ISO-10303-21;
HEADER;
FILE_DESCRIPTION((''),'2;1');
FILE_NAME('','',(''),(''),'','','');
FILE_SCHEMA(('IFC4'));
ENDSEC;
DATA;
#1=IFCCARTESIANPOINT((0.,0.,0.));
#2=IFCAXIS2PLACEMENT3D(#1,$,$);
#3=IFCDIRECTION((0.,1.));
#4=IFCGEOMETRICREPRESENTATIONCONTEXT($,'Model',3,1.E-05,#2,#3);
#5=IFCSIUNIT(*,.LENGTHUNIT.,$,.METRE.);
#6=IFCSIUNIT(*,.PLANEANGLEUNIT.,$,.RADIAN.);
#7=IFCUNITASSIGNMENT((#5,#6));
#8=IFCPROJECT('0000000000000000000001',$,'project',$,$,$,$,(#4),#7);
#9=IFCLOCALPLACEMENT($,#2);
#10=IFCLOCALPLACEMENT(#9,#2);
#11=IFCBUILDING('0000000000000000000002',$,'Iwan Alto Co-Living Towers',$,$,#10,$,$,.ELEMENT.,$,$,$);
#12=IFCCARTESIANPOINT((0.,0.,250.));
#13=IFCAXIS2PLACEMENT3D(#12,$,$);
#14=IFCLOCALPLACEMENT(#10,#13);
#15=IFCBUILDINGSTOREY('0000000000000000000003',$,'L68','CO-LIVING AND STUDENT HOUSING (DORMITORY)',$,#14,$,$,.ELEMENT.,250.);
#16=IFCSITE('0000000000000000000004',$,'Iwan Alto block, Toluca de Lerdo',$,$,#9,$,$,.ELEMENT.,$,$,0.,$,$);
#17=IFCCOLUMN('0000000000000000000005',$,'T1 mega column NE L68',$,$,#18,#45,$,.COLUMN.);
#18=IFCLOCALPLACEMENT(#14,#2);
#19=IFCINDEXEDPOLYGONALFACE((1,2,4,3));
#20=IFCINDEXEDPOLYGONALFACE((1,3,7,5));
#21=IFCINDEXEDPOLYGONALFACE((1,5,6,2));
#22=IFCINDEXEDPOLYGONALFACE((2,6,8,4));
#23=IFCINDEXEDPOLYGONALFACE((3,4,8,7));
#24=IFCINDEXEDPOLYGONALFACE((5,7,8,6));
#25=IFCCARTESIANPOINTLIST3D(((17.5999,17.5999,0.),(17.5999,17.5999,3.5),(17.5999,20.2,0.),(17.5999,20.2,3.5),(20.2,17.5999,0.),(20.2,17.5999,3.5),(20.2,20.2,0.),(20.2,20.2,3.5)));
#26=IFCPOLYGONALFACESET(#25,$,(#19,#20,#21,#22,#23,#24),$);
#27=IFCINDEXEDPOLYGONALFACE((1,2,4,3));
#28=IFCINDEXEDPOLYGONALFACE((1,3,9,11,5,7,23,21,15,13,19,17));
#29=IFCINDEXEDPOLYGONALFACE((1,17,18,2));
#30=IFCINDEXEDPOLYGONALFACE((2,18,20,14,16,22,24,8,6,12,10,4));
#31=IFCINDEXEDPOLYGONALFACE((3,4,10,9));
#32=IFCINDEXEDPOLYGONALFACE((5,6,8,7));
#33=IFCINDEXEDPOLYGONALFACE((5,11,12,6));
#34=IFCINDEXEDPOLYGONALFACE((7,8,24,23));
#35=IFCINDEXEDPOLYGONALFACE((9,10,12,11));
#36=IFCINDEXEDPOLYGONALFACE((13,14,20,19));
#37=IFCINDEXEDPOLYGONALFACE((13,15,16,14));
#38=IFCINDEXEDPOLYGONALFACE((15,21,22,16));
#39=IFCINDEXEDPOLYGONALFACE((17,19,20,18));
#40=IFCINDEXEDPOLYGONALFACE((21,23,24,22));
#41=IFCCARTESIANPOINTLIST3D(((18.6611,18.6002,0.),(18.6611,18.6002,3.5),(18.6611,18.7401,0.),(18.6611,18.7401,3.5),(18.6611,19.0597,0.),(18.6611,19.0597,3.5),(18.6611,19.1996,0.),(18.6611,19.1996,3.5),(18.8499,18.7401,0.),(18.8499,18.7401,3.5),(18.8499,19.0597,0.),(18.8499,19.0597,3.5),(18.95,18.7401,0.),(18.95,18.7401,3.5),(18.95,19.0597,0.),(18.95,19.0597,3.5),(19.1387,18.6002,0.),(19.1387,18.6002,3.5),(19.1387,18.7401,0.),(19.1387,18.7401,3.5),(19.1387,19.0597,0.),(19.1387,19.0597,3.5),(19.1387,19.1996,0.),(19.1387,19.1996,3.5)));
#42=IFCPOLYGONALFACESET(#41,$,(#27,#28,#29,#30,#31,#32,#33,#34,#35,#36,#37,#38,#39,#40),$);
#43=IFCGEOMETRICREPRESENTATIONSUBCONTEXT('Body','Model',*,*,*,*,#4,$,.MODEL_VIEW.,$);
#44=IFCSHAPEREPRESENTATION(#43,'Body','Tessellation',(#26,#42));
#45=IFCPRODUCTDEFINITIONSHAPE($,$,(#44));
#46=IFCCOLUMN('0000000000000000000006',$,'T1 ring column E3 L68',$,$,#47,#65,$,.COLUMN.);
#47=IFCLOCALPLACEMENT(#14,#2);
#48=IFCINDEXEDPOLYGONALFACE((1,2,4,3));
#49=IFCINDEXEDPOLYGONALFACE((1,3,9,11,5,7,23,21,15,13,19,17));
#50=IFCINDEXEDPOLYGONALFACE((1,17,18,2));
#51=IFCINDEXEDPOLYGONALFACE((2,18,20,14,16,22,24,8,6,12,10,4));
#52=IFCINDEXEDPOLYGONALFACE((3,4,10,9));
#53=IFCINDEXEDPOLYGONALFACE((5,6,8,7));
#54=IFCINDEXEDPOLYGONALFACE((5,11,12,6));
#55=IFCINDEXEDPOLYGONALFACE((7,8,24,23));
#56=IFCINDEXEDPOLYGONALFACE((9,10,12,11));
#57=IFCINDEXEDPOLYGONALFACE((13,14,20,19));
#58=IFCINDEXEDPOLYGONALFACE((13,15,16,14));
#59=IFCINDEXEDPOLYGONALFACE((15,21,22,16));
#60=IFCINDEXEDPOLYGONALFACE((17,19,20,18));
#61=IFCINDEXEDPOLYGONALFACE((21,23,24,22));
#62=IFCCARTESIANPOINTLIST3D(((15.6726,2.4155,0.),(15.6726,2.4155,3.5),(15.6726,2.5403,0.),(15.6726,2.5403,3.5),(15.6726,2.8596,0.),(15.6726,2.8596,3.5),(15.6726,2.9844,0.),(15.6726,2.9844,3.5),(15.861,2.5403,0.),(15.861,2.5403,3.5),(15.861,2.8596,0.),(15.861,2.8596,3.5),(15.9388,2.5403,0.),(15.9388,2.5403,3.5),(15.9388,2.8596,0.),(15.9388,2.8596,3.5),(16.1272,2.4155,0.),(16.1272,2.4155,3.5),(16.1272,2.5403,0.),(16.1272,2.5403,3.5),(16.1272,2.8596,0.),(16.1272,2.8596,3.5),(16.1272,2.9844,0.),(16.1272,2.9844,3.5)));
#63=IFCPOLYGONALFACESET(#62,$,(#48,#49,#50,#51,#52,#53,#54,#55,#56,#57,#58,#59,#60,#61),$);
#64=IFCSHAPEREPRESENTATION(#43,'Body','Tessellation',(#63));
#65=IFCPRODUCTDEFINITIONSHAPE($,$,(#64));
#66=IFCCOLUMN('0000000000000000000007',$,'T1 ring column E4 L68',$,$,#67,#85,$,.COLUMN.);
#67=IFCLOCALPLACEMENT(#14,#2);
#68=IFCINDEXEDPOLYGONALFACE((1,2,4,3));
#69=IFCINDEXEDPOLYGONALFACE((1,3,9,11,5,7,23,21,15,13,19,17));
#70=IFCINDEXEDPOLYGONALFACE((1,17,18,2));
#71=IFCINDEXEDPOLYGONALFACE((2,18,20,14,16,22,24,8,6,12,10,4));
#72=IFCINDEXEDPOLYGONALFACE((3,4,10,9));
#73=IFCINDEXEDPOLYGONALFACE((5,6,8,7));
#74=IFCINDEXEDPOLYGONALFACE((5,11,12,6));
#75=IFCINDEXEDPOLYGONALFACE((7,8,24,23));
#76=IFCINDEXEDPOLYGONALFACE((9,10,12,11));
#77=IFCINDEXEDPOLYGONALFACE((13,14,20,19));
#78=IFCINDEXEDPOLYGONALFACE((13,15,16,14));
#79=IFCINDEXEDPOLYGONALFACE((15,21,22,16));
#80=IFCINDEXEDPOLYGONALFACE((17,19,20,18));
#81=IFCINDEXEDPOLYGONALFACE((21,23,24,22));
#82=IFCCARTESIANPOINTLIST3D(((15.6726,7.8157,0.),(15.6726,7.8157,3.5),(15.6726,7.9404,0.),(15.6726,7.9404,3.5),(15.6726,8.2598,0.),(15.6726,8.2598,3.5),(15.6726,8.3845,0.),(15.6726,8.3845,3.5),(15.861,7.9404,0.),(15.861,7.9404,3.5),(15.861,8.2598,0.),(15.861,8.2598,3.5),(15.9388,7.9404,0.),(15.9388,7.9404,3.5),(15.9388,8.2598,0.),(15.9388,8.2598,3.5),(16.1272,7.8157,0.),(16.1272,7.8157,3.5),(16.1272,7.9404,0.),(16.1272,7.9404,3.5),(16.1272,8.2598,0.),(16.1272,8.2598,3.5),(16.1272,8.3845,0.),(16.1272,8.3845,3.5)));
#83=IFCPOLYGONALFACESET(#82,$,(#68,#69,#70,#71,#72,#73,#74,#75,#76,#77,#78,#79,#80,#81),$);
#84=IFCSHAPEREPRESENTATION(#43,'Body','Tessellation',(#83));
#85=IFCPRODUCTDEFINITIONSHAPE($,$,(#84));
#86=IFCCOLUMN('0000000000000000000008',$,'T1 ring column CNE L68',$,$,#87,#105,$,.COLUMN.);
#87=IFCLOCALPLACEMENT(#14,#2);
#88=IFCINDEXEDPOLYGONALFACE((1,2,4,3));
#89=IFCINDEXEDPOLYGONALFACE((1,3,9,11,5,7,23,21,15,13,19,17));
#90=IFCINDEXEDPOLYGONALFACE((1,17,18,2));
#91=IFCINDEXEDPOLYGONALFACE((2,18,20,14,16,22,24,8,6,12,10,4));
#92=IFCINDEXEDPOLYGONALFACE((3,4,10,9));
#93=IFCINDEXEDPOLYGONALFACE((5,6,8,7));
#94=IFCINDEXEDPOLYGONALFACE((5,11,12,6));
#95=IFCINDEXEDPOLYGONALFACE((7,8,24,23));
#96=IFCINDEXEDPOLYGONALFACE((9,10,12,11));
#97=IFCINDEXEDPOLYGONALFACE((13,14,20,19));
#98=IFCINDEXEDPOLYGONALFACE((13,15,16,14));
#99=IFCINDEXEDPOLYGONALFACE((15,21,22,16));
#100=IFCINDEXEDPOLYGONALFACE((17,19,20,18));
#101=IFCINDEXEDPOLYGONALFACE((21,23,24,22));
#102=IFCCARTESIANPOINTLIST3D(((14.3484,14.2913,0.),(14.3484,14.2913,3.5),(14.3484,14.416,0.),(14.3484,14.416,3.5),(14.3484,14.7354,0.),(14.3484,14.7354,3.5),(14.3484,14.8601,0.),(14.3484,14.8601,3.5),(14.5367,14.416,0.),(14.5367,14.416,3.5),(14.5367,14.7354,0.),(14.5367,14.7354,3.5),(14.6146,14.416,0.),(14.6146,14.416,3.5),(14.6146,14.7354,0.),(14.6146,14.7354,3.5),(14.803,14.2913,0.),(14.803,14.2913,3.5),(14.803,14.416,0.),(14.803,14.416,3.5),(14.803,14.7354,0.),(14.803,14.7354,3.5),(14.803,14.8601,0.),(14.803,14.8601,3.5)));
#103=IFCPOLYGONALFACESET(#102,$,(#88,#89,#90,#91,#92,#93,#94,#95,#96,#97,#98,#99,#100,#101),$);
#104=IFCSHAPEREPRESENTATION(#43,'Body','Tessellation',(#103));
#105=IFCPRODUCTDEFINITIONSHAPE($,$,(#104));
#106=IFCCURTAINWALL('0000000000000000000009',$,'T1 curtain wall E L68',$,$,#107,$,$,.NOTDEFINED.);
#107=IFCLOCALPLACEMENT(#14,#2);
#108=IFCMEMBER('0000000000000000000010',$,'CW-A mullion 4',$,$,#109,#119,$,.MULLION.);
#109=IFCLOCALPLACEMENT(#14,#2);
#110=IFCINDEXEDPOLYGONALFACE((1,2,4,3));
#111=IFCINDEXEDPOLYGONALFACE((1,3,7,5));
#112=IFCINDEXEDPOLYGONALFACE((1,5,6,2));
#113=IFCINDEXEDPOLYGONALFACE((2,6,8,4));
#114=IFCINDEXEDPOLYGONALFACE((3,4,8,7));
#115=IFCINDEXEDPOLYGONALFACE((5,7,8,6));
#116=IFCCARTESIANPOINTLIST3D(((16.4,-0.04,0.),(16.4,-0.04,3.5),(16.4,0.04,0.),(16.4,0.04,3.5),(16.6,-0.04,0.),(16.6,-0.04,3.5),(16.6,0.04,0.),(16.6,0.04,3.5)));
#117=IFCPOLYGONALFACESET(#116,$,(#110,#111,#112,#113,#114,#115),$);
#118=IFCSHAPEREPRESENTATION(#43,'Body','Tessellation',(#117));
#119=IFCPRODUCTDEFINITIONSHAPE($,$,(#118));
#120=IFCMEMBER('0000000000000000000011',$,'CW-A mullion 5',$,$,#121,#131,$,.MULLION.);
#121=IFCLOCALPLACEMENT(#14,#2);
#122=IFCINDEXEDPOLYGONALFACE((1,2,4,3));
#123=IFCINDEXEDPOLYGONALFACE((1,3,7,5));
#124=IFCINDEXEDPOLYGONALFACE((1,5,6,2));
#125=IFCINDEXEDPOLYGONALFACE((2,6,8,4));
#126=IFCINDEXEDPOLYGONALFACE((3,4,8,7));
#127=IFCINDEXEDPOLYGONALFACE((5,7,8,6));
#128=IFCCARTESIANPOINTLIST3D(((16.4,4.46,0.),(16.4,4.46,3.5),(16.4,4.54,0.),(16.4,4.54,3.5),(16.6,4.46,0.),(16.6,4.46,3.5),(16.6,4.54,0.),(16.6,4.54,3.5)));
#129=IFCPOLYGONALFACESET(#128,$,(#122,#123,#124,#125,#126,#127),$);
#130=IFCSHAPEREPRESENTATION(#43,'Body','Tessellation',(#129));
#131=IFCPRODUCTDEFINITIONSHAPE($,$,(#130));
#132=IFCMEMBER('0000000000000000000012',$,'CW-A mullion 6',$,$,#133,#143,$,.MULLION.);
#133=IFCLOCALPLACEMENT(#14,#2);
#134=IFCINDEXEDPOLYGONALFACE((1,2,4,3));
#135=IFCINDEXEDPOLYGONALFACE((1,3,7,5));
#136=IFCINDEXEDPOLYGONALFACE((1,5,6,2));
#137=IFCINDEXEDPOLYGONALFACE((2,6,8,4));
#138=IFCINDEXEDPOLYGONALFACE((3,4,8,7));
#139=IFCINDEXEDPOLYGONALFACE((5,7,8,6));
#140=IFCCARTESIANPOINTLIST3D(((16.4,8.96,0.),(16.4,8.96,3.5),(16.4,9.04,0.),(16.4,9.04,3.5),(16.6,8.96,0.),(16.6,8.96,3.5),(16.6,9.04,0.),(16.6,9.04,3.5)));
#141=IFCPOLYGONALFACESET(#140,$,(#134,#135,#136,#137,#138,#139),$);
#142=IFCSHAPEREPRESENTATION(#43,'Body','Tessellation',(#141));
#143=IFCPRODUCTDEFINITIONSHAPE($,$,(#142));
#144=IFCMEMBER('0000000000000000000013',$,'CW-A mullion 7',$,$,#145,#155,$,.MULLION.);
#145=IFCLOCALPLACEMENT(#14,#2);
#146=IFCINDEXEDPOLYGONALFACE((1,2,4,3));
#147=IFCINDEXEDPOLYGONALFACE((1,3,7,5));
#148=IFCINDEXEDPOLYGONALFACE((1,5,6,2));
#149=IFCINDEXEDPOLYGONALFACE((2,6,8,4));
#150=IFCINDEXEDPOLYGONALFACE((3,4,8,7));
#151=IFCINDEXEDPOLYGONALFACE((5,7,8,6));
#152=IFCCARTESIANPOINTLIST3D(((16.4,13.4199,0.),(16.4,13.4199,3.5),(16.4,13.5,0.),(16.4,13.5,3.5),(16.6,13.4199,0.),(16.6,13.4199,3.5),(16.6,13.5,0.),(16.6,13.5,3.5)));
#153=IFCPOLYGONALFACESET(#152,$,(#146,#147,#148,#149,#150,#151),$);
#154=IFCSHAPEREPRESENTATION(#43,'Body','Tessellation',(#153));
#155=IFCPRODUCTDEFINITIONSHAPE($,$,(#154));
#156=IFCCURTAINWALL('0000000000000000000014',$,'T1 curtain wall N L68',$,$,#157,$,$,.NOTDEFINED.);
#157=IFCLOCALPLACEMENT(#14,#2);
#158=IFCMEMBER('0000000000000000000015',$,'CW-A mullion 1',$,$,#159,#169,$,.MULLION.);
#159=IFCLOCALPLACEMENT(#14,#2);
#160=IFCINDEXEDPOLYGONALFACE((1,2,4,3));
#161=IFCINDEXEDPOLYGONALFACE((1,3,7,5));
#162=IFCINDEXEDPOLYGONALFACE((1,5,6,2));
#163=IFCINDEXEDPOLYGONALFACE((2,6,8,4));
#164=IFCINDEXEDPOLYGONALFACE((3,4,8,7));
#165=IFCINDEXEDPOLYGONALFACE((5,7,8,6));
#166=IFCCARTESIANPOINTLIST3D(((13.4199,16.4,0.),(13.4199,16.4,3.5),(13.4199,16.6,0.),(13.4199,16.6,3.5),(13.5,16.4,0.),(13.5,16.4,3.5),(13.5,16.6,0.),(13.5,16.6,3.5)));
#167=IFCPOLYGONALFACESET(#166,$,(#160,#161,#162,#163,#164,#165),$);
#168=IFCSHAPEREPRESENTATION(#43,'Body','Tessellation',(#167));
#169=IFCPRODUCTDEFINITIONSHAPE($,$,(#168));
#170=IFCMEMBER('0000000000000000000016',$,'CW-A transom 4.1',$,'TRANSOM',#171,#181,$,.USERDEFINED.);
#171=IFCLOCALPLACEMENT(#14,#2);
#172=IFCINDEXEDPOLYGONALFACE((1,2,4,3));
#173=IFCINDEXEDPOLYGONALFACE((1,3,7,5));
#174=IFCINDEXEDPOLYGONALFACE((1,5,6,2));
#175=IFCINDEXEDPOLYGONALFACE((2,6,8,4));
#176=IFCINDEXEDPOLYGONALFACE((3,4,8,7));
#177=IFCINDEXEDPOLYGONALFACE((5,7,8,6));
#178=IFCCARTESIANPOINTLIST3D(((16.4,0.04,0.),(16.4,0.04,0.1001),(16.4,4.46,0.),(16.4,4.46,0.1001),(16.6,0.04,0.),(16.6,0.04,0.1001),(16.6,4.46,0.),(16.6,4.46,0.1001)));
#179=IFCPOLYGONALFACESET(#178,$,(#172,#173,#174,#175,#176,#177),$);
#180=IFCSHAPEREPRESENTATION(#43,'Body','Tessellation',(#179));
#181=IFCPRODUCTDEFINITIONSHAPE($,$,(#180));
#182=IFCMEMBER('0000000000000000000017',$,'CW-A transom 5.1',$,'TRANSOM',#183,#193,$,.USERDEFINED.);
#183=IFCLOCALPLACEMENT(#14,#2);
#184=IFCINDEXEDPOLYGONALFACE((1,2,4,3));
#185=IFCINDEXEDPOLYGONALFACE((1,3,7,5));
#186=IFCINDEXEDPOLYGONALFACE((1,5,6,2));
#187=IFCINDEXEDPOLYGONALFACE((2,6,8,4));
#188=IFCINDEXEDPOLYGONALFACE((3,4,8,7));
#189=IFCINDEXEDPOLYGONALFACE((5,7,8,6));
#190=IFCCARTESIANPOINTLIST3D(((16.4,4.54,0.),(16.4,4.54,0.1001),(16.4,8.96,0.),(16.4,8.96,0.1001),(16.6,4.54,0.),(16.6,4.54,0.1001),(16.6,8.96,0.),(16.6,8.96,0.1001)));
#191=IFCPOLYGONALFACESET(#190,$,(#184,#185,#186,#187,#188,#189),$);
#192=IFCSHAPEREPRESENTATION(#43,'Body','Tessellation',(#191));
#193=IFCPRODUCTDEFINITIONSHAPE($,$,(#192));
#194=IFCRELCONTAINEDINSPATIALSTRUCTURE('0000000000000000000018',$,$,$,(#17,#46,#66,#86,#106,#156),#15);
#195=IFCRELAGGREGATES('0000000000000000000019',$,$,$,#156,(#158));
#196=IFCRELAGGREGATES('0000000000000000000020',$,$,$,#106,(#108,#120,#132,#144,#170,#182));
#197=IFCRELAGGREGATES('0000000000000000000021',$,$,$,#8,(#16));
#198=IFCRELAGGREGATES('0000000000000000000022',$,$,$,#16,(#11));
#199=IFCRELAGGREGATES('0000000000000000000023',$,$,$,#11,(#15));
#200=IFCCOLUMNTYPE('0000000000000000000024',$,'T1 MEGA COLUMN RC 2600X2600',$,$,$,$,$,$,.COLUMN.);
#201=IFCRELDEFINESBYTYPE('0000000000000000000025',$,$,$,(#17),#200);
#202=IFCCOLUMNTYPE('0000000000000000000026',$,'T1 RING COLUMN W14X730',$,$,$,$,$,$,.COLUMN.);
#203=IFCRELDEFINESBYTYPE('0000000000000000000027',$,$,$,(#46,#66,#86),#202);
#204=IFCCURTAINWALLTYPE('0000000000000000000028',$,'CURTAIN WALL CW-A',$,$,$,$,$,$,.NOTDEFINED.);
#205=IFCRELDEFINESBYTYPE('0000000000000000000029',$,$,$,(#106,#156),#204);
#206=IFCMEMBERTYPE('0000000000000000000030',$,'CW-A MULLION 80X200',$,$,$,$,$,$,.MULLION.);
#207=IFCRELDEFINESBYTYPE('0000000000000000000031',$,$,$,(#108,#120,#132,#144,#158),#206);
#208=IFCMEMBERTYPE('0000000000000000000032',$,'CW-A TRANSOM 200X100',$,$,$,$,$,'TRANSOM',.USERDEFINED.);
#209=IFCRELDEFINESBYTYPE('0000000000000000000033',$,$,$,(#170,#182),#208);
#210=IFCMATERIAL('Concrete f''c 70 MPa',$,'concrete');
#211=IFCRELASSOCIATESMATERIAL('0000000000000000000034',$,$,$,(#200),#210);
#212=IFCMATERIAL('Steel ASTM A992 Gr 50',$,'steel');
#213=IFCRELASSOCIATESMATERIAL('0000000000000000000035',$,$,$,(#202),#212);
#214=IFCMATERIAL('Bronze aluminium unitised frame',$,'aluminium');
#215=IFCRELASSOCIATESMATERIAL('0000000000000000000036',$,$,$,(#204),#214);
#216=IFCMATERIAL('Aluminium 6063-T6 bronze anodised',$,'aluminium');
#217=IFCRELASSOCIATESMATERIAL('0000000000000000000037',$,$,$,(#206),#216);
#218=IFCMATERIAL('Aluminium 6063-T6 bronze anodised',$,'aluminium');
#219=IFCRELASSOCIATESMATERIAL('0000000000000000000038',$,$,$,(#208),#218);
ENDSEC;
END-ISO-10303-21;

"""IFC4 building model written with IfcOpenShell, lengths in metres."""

from ifc_helpers import new_model, si_unit, direction, frame, origin, origin_2d, place, context, subcontext, project, spatial, rectangle, i_section, extrude, material, material_profile, profile_set, type_object, element, aggregate, save


model = new_model("IFC4")

# Units and contexts
model_context = context("Model", 3, precision=1e-05, world=origin(), true_north=direction((0.0, 1.0)))
body_context = subcontext(model_context, "Body", "Model", "MODEL_VIEW")
ifc_project = project(units=[si_unit("LENGTHUNIT", "METRE"), si_unit("PLANEANGLEUNIT", "RADIAN")], contexts=[model_context])

# Site, building, storey
site_placement = place(None, origin())
site = spatial("IfcSite", under=ifc_project, at=site_placement, Name="Iwan Alto block, Toluca de Lerdo", CompositionType="ELEMENT", RefElevation=0.0)
building_placement = place(site_placement, origin())
building = spatial("IfcBuilding", under=site, at=building_placement, Name="Iwan Alto Co-Living Towers", CompositionType="ELEMENT")
storey_placement = place(building_placement, frame((0.0, 0.0, 250.0)))
storey = spatial("IfcBuildingStorey", under=building, at=storey_placement, Name="L68", Description="CO-LIVING AND STUDENT HOUSING (DORMITORY)", CompositionType="ELEMENT", Elevation=250.0)

# Columns
ifc_material_1 = material(Name="Concrete f'c 70 MPa", Category="concrete")
ifc_material_profile_1 = material_profile(ifc_material_1, rectangle(XDim=2.6001, YDim=2.6001, at=origin_2d()), Name="RC 2600X2600")
ifc_profile_set_1 = profile_set([ifc_material_profile_1], Name="Concrete f'c 70 MPa")
column_type_1 = type_object("IfcColumnType", Name="T1 MEGA COLUMN RC 2600X2600", PredefinedType="COLUMN", material=ifc_profile_set_1)
column_placement = place(storey_placement, frame((18.8999, 18.8999, 0.0), z_axis=(0.0, 0.0, 1.0), x_axis=(1.0, 0.0, 0.0)))
element("IfcColumn", 1, at=column_placement, inside=storey, type_object=column_type_1, Name="T1 mega column NE L68", PredefinedType="COLUMN", context=body_context, shape_type="SweptSolid", body=[
    extrude(rectangle(XDim=2.6001, YDim=2.6001, at=origin_2d()), origin(), (0.0, 0.0, 1.0), 3.5),
    extrude(i_section(OverallWidth=0.4775, OverallDepth=0.5994, WebThickness=0.1001, FlangeThickness=0.1399, at=origin_2d()), origin(), (0.0, 0.0, 1.0), 3.5),
])
ifc_material_2 = material(Name="Steel ASTM A992 Gr 50", Category="steel")
ifc_material_profile_2 = material_profile(ifc_material_2, i_section(OverallWidth=0.4546, OverallDepth=0.5688, WebThickness=0.0779, FlangeThickness=0.1248, at=origin_2d()), Name="W14X730")
ifc_profile_set_2 = profile_set([ifc_material_profile_2], Name="Steel ASTM A992 Gr 50")
column_type_2 = type_object("IfcColumnType", Name="T1 RING COLUMN W14X730", PredefinedType="COLUMN", material=ifc_profile_set_2)
for number, where, z_axis, x_axis, name in (
    (2, (15.8999, 2.7, 0.0), (0.0, 0.0, 1.0), (1.0, 0.0, 0.0), "T1 ring column E3 L68"),
    (3, (15.8999, 8.1001, 0.0), (0.0, 0.0, 1.0), (1.0, 0.0, 0.0), "T1 ring column E4 L68"),
    (4, (14.5757, 14.5757, 0.0), (0.0, 0.0, 1.0), (1.0, 0.0, 0.0), "T1 ring column CNE L68"),
):
    element("IfcColumn", number, at=place(storey_placement, frame(where, z_axis=z_axis, x_axis=x_axis)), inside=storey, type_object=column_type_2, Name=name, PredefinedType="COLUMN", context=body_context, shape_type="SweptSolid", body=[
        extrude(i_section(OverallWidth=0.4546, OverallDepth=0.5688, WebThickness=0.0779, FlangeThickness=0.1248, at=origin_2d()), origin(), (0.0, 0.0, 1.0), 3.5),
    ])

# Curtain wall, members
ifc_material_3 = material(Name="Bronze aluminium unitised frame", Category="aluminium")
curtain_wall_type_1 = type_object("IfcCurtainWallType", Name="CURTAIN WALL CW-A", PredefinedType="NOTDEFINED", material=ifc_material_3)
curtain_wall_1_placement = place(storey_placement, origin())
curtain_wall_1 = element("IfcCurtainWall", 5, at=curtain_wall_1_placement, inside=storey, type_object=curtain_wall_type_1, Name="T1 curtain wall E L68", PredefinedType="NOTDEFINED")
ifc_material_4 = material(Name="Aluminium 6063-T6 bronze anodised", Category="aluminium")
ifc_material_profile_3 = material_profile(ifc_material_4, rectangle(XDim=0.2, YDim=0.0801, at=origin_2d()), Name="AL 80X200")
ifc_profile_set_3 = profile_set([ifc_material_profile_3], Name="Aluminium 6063-T6 bronze anodised")
member_type_1 = type_object("IfcMemberType", Name="CW-A MULLION 80X200", PredefinedType="MULLION", material=ifc_profile_set_3)
member_1_placement = place(storey_placement, frame((16.5, 0.0, 0.0), z_axis=(0.0, 0.0, 1.0), x_axis=(-1.0, 0.0, 0.0)))
member_1 = element("IfcMember", 6, at=member_1_placement, type_object=member_type_1, Name="CW-A mullion 4", PredefinedType="MULLION", context=body_context, shape_type="SweptSolid", body=[
    extrude(rectangle(XDim=0.2, YDim=0.0801, at=origin_2d()), origin(), (0.0, 0.0, 1.0), 3.5),
])
member_2_placement = place(storey_placement, frame((16.5, 4.5, 0.0), z_axis=(0.0, 0.0, 1.0), x_axis=(-1.0, 0.0, 0.0)))
member_2 = element("IfcMember", 7, at=member_2_placement, type_object=member_type_1, Name="CW-A mullion 5", PredefinedType="MULLION", context=body_context, shape_type="SweptSolid", body=[
    extrude(rectangle(XDim=0.2, YDim=0.0801, at=origin_2d()), origin(), (0.0, 0.0, 1.0), 3.5),
])
member_3_placement = place(storey_placement, frame((16.5, 9.0, 0.0), z_axis=(0.0, 0.0, 1.0), x_axis=(-1.0, 0.0, 0.0)))
member_3 = element("IfcMember", 8, at=member_3_placement, type_object=member_type_1, Name="CW-A mullion 6", PredefinedType="MULLION", context=body_context, shape_type="SweptSolid", body=[
    extrude(rectangle(XDim=0.2, YDim=0.0801, at=origin_2d()), origin(), (0.0, 0.0, 1.0), 3.5),
])
member_4_placement = place(storey_placement, frame((16.5, 13.46, 0.0), z_axis=(0.0, 0.0, 1.0), x_axis=(-1.0, 0.0, 0.0)))
member_4 = element("IfcMember", 9, at=member_4_placement, type_object=member_type_1, Name="CW-A mullion 7", PredefinedType="MULLION", context=body_context, shape_type="SweptSolid", body=[
    extrude(rectangle(XDim=0.2, YDim=0.0801, at=origin_2d()), origin(), (0.0, 0.0, 1.0), 3.5),
])

# Curtain wall, member
curtain_wall_2_placement = place(storey_placement, origin())
curtain_wall_2 = element("IfcCurtainWall", 10, at=curtain_wall_2_placement, inside=storey, type_object=curtain_wall_type_1, Name="T1 curtain wall N L68", PredefinedType="NOTDEFINED")
member_5_placement = place(storey_placement, frame((13.46, 16.5, 0.0), z_axis=(0.0, 0.0, 1.0), x_axis=(0.0, -1.0, 0.0)))
member_5 = element("IfcMember", 11, at=member_5_placement, type_object=member_type_1, Name="CW-A mullion 1", PredefinedType="MULLION", context=body_context, shape_type="SweptSolid", body=[
    extrude(rectangle(XDim=0.2, YDim=0.0801, at=origin_2d()), origin(), (0.0, 0.0, 1.0), 3.5),
])
aggregate(curtain_wall_2, [member_5])

# Members
ifc_material_5 = material(Name="Aluminium 6063-T6 bronze anodised", Category="aluminium")
ifc_material_profile_4 = material_profile(ifc_material_5, rectangle(XDim=0.2, YDim=0.1001, at=origin_2d()), Name="AL 200X100")
ifc_profile_set_4 = profile_set([ifc_material_profile_4], Name="Aluminium 6063-T6 bronze anodised")
member_type_2 = type_object("IfcMemberType", Name="CW-A TRANSOM 200X100", ElementType="TRANSOM", PredefinedType="USERDEFINED", material=ifc_profile_set_4)
member_6_placement = place(storey_placement, frame((16.5, 0.04, 0.05), z_axis=(0.0, 1.0, 0.0), x_axis=(-1.0, 0.0, 0.0)))
member_6 = element("IfcMember", 12, at=member_6_placement, type_object=member_type_2, Name="CW-A transom 4.1", ObjectType="TRANSOM", PredefinedType="USERDEFINED", context=body_context, shape_type="SweptSolid", body=[
    extrude(rectangle(XDim=0.2, YDim=0.1001, at=origin_2d()), origin(), (0.0, 0.0, 1.0), 4.4199),
])
member_7_placement = place(storey_placement, frame((16.5, 4.54, 0.05), z_axis=(0.0, 1.0, 0.0), x_axis=(-1.0, 0.0, 0.0)))
member_7 = element("IfcMember", 13, at=member_7_placement, type_object=member_type_2, Name="CW-A transom 5.1", ObjectType="TRANSOM", PredefinedType="USERDEFINED", context=body_context, shape_type="SweptSolid", body=[
    extrude(rectangle(XDim=0.2, YDim=0.1001, at=origin_2d()), origin(), (0.0, 0.0, 1.0), 4.4199),
])

aggregate(curtain_wall_1, [member_1, member_2, member_3, member_4, member_6, member_7])

save(model, "model.ifc")
